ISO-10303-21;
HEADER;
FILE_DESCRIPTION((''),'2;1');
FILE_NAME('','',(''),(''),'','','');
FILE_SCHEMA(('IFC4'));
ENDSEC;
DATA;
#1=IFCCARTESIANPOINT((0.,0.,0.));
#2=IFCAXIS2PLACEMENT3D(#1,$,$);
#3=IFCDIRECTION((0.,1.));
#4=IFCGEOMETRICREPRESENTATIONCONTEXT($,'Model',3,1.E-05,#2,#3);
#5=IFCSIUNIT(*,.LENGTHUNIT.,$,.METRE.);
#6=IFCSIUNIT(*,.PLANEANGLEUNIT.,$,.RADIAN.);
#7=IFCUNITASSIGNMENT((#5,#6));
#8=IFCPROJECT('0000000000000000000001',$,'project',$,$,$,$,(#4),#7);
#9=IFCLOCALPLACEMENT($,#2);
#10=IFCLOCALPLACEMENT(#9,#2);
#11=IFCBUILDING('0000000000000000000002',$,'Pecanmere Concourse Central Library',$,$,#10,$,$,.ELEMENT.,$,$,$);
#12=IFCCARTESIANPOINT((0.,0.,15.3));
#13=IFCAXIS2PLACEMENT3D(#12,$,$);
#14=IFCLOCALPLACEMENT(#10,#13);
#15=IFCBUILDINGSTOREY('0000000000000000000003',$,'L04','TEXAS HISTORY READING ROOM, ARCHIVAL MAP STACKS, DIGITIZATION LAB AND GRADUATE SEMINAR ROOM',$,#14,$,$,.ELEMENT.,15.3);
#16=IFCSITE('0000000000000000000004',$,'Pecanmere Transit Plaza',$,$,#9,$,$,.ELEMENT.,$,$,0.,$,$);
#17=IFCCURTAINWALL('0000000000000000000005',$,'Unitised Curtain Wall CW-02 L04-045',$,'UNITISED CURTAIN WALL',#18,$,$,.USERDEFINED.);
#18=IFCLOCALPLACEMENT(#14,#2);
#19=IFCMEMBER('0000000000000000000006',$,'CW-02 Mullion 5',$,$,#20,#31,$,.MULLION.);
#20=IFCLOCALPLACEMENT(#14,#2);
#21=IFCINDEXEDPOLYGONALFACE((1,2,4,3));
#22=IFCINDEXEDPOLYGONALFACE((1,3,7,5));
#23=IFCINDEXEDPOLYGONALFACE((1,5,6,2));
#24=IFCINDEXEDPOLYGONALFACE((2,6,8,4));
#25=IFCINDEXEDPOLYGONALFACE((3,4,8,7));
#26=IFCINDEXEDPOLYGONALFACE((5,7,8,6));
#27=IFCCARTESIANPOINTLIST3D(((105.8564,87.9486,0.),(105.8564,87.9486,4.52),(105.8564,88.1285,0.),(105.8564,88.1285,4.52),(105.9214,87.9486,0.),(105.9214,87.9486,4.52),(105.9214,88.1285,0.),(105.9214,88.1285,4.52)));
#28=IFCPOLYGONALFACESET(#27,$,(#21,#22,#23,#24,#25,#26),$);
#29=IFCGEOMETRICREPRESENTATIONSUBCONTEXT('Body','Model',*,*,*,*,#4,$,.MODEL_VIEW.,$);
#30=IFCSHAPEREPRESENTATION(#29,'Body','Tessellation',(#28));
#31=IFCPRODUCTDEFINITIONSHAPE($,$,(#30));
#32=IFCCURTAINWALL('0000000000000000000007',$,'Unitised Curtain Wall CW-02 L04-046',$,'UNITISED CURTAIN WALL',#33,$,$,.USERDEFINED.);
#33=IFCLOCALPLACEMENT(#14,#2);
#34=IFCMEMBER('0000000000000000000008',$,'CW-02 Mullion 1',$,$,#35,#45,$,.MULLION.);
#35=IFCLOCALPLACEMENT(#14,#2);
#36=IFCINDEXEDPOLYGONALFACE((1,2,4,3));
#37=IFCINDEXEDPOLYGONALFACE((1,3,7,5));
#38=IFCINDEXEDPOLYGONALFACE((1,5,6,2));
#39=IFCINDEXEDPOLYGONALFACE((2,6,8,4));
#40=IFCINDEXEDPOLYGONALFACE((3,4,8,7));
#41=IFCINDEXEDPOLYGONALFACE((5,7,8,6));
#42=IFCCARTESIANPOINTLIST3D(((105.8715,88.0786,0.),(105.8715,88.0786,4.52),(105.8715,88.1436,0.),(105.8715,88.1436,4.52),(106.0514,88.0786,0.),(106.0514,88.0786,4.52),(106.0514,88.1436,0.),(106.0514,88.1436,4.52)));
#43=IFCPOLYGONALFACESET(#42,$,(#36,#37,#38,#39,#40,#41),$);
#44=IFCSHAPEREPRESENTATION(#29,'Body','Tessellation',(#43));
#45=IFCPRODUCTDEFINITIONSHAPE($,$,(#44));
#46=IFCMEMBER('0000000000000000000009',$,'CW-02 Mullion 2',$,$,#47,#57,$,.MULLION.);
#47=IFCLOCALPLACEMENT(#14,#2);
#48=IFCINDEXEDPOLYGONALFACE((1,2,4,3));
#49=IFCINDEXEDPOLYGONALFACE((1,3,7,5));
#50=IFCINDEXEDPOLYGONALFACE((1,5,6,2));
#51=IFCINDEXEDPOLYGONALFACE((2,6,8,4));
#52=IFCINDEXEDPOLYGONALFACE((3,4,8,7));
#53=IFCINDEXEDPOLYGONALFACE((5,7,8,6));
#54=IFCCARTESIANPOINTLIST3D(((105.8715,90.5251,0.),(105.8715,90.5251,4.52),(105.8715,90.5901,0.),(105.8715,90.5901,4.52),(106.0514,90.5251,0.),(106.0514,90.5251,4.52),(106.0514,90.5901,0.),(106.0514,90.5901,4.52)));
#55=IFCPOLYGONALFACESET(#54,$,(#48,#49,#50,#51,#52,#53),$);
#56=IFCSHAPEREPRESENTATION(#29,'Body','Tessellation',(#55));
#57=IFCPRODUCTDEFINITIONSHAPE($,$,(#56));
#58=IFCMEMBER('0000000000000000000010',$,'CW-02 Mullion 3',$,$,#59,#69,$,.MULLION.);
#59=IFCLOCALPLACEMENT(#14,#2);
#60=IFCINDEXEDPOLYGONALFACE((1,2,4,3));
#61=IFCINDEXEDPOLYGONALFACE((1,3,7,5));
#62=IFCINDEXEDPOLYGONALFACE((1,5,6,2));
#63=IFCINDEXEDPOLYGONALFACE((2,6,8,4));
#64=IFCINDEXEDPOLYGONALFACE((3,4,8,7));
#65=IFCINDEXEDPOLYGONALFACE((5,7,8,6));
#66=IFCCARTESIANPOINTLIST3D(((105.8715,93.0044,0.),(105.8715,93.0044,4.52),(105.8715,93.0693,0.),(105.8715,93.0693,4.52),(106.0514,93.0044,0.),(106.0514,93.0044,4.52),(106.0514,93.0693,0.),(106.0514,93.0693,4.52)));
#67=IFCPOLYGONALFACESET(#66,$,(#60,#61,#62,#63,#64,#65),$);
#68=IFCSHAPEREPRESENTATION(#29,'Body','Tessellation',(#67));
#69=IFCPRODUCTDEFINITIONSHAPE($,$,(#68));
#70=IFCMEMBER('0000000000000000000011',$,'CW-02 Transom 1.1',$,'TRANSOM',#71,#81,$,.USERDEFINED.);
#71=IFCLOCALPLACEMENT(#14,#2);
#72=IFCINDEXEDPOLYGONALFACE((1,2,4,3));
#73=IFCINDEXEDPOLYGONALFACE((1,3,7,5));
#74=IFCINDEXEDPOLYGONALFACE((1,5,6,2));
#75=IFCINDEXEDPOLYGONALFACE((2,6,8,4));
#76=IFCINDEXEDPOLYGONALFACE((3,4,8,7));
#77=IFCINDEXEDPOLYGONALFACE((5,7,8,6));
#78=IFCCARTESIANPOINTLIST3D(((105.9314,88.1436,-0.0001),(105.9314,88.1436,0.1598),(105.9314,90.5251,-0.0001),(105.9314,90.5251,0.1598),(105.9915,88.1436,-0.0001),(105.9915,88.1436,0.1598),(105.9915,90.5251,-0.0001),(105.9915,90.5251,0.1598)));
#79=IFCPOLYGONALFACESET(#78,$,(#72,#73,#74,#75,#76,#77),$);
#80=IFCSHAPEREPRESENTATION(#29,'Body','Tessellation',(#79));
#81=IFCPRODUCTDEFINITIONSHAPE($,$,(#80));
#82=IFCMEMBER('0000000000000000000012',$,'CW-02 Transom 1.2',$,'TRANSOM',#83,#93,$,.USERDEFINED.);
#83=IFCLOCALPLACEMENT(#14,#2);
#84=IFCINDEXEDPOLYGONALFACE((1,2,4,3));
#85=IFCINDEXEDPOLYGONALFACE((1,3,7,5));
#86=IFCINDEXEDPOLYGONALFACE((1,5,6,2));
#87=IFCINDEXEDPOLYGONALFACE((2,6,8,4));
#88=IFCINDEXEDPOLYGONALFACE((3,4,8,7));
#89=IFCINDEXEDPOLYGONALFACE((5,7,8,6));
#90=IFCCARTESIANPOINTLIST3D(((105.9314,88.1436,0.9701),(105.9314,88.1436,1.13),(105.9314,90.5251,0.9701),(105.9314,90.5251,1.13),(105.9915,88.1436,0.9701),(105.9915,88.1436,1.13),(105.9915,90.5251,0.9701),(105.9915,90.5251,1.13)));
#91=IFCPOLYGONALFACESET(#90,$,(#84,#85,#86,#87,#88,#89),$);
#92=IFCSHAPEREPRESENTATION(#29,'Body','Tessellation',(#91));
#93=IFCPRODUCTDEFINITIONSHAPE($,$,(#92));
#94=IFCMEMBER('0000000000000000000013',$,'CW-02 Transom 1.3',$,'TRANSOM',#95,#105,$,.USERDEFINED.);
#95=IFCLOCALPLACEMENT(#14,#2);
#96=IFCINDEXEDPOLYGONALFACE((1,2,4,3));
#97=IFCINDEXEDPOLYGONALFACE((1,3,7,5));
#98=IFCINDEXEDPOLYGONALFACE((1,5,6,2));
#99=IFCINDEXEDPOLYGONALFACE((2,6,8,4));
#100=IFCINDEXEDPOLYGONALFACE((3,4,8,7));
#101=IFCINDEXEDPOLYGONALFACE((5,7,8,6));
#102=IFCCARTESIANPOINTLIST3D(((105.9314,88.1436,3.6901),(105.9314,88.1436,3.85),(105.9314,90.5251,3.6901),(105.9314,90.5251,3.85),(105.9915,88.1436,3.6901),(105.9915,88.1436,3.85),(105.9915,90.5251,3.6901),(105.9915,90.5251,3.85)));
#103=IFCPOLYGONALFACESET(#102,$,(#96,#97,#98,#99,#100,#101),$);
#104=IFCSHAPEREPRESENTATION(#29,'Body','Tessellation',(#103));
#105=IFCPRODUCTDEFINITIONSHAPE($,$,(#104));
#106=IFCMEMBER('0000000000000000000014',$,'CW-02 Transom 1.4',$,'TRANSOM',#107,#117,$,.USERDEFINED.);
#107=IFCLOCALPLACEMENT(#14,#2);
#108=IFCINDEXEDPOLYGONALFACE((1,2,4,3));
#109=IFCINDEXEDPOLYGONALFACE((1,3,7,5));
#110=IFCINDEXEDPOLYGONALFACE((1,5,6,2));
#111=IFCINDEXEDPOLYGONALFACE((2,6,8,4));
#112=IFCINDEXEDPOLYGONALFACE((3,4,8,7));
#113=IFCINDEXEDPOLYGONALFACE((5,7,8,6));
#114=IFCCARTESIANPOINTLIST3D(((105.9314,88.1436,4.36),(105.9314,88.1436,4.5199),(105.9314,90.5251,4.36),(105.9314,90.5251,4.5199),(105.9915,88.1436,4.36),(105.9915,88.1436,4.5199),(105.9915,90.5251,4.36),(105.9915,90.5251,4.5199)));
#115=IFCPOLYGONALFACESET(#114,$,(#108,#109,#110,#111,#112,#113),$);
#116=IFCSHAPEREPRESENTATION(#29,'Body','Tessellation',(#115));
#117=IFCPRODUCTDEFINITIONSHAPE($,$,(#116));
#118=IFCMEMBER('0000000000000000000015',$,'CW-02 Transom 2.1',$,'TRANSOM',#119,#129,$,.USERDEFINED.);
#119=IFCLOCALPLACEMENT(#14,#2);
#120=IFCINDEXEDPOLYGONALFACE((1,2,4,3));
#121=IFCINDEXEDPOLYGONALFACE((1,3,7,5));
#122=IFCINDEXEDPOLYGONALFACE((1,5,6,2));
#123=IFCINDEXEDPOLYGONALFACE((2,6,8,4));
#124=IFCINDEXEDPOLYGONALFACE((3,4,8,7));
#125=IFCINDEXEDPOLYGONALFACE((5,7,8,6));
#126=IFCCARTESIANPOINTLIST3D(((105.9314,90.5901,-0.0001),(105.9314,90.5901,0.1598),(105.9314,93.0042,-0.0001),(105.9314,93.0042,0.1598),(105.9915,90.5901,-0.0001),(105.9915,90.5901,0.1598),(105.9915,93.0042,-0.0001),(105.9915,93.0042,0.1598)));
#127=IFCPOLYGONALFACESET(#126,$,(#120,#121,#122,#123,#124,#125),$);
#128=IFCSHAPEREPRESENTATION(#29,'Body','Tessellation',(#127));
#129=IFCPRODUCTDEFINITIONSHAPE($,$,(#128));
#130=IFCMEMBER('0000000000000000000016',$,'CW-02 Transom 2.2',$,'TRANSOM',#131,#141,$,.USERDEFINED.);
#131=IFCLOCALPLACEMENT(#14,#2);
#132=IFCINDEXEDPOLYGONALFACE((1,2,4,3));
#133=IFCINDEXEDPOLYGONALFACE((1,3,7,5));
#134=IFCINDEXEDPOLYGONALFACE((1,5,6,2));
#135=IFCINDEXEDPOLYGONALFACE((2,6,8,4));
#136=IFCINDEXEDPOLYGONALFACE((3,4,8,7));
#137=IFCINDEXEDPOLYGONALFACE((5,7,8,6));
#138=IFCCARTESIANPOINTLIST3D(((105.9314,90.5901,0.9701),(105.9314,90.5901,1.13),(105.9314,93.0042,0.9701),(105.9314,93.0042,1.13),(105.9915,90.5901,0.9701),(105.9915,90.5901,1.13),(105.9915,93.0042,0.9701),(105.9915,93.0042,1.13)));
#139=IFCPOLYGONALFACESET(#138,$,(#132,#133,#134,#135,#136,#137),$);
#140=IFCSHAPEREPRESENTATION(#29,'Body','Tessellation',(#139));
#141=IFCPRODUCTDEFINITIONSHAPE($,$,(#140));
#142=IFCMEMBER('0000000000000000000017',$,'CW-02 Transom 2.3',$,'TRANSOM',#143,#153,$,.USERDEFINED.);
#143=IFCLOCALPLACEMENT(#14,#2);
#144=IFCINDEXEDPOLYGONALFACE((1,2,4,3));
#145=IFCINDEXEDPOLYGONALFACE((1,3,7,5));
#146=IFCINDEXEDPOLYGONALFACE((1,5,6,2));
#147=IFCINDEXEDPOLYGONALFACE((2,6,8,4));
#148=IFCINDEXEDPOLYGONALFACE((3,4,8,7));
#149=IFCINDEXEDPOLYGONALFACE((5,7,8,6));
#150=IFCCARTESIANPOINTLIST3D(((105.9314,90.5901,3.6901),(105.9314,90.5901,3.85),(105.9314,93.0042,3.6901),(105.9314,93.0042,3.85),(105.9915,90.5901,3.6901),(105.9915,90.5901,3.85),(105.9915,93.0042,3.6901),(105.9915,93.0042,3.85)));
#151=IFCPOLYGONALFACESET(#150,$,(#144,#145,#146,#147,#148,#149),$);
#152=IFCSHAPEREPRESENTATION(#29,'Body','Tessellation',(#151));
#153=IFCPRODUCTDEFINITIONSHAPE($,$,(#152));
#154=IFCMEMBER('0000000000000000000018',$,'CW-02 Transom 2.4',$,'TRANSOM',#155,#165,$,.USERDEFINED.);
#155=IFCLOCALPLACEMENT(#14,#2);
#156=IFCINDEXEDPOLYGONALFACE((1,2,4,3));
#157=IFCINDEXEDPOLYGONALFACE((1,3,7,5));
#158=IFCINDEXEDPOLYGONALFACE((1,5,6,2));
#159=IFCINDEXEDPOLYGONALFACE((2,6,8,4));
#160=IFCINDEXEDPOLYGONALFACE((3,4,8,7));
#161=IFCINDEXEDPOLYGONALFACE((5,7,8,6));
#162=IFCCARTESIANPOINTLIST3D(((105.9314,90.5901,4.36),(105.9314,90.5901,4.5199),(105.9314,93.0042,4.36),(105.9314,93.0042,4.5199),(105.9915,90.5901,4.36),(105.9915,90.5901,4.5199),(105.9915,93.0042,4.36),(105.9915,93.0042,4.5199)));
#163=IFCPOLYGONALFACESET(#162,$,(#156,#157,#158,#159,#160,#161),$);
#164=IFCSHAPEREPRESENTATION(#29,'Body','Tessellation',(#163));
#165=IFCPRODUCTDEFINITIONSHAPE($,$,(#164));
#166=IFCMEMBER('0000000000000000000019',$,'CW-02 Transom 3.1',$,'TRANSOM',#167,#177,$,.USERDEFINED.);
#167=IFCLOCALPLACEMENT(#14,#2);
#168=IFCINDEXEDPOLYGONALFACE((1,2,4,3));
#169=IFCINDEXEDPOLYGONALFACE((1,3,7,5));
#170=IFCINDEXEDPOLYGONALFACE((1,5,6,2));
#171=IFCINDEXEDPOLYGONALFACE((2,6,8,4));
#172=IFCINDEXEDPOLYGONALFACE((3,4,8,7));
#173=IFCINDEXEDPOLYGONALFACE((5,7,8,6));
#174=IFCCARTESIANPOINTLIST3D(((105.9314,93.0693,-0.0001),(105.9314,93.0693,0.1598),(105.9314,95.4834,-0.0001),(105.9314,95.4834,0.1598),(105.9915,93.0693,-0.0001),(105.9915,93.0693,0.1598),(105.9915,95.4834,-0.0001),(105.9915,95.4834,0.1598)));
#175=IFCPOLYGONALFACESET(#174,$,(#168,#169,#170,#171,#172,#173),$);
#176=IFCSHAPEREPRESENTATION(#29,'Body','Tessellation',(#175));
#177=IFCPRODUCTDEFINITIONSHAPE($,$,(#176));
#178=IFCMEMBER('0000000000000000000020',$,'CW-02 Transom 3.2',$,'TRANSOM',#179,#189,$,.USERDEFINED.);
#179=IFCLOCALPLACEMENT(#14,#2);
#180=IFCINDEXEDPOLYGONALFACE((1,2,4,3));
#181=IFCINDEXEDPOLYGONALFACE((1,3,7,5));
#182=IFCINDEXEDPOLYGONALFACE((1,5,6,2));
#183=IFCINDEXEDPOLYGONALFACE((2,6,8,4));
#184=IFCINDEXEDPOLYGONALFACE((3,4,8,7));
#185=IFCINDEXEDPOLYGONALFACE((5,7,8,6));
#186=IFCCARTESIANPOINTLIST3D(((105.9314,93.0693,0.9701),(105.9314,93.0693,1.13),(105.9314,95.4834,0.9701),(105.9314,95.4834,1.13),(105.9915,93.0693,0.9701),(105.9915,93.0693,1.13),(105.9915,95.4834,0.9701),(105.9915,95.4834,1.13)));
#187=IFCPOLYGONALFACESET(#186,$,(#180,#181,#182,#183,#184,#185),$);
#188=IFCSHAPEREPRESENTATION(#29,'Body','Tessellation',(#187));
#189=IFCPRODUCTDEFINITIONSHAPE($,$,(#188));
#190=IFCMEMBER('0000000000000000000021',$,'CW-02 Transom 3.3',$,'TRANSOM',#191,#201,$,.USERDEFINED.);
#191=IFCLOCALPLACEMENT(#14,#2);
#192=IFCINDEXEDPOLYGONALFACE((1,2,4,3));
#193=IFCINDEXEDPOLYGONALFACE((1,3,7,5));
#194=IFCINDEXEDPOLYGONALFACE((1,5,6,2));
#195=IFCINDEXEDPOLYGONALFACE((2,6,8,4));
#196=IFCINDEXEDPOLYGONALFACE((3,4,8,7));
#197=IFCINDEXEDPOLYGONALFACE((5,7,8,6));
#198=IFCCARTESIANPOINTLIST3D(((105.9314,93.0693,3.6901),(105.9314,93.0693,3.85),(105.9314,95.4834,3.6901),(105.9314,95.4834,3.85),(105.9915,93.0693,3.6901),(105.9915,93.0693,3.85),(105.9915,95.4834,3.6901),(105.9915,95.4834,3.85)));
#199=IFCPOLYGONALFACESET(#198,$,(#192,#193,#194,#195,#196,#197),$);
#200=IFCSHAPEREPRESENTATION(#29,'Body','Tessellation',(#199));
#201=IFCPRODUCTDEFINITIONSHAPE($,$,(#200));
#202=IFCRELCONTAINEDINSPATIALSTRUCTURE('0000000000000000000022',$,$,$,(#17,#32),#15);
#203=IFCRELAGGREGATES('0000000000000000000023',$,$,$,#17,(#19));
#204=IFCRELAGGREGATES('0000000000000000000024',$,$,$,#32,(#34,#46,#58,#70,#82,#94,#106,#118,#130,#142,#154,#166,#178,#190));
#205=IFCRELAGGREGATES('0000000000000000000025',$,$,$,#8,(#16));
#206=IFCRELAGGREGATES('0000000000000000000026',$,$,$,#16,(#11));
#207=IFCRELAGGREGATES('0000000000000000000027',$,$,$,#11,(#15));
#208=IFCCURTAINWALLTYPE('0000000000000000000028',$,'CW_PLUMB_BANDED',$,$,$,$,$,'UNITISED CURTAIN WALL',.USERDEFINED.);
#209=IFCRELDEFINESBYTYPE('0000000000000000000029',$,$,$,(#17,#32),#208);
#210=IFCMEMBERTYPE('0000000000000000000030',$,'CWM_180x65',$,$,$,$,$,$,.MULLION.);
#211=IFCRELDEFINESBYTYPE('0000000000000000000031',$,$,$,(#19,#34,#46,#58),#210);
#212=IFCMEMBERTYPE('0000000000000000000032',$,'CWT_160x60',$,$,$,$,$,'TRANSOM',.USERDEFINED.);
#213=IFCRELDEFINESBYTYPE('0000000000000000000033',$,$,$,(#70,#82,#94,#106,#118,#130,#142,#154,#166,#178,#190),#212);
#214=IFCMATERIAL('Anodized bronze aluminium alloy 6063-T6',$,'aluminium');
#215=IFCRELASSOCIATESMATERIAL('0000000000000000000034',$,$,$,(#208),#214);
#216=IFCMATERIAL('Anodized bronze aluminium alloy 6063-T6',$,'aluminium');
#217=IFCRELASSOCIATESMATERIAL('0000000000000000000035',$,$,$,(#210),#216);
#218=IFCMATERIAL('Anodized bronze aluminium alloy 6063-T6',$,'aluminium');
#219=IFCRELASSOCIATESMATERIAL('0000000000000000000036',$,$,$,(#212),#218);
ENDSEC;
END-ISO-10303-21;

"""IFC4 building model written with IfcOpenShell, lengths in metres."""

from ifc_helpers import new_model, si_unit, direction, frame, origin, origin_2d, place, context, subcontext, project, spatial, rectangle, extrude, material, material_profile, profile_set, type_object, element, aggregate, save


model = new_model("IFC4")

# Units and contexts
model_context = context("Model", 3, precision=1e-05, world=origin(), true_north=direction((0.0, 1.0)))
body_context = subcontext(model_context, "Body", "Model", "MODEL_VIEW")
ifc_project = project(units=[si_unit("LENGTHUNIT", "METRE"), si_unit("PLANEANGLEUNIT", "RADIAN")], contexts=[model_context])

# Site, building, storey
site_placement = place(None, origin())
site = spatial("IfcSite", under=ifc_project, at=site_placement, Name="Pecanmere Transit Plaza", CompositionType="ELEMENT", RefElevation=0.0)
building_placement = place(site_placement, origin())
building = spatial("IfcBuilding", under=site, at=building_placement, Name="Pecanmere Concourse Central Library", CompositionType="ELEMENT")
storey_placement = place(building_placement, frame((0.0, 0.0, 15.3)))
storey = spatial("IfcBuildingStorey", under=building, at=storey_placement, Name="L04", Description="TEXAS HISTORY READING ROOM, ARCHIVAL MAP STACKS, DIGITIZATION LAB AND GRADUATE SEMINAR ROOM", CompositionType="ELEMENT", Elevation=15.3)

# Curtain wall, member
ifc_material_1 = material(Name="Anodized bronze aluminium alloy 6063-T6", Category="aluminium")
curtain_wall_type = type_object("IfcCurtainWallType", Name="CW_PLUMB_BANDED", ElementType="UNITISED CURTAIN WALL", PredefinedType="USERDEFINED", material=ifc_material_1)
curtain_wall_1_placement = place(storey_placement, origin())
curtain_wall_1 = element("IfcCurtainWall", 1, at=curtain_wall_1_placement, inside=storey, type_object=curtain_wall_type, Name="Unitised Curtain Wall CW-02 L04-045", ObjectType="UNITISED CURTAIN WALL", PredefinedType="USERDEFINED")
ifc_material_2 = material(Name="Anodized bronze aluminium alloy 6063-T6", Category="aluminium")
ifc_material_profile_1 = material_profile(ifc_material_2, rectangle(XDim=0.0649, YDim=0.1799, at=origin_2d()), Name="AL 65x180")
ifc_profile_set_1 = profile_set([ifc_material_profile_1], Name="Anodized bronze aluminium alloy 6063-T6")
member_type_1 = type_object("IfcMemberType", Name="CWM_180x65", PredefinedType="MULLION", material=ifc_profile_set_1)
member_1_placement = place(storey_placement, frame((105.8889, 88.0386, 0.0), z_axis=(0.0, 0.0, 1.0), x_axis=(1.0, 0.0, 0.0)))
member_1 = element("IfcMember", 2, at=member_1_placement, type_object=member_type_1, Name="CW-02 Mullion 5", PredefinedType="MULLION", context=body_context, shape_type="SweptSolid", body=[
    extrude(rectangle(XDim=0.0649, YDim=0.1799, at=origin_2d()), origin(), (0.0, 0.0, 1.0), 4.52),
])

# Curtain wall, members
curtain_wall_2_placement = place(storey_placement, origin())
curtain_wall_2 = element("IfcCurtainWall", 3, at=curtain_wall_2_placement, inside=storey, type_object=curtain_wall_type, Name="Unitised Curtain Wall CW-02 L04-046", ObjectType="UNITISED CURTAIN WALL", PredefinedType="USERDEFINED")
member_2_placement = place(storey_placement, frame((105.9614, 88.1111, 0.0), z_axis=(0.0, 0.0, 1.0), x_axis=(0.0, 1.0, 0.0)))
member_2 = element("IfcMember", 4, at=member_2_placement, type_object=member_type_1, Name="CW-02 Mullion 1", PredefinedType="MULLION", context=body_context, shape_type="SweptSolid", body=[
    extrude(rectangle(XDim=0.0649, YDim=0.1799, at=origin_2d()), origin(), (0.0, 0.0, 1.0), 4.52),
])
member_3_placement = place(storey_placement, frame((105.9614, 90.5576, 0.0), z_axis=(0.0, 0.0, 1.0), x_axis=(0.0, 1.0, 0.0)))
member_3 = element("IfcMember", 5, at=member_3_placement, type_object=member_type_1, Name="CW-02 Mullion 2", PredefinedType="MULLION", context=body_context, shape_type="SweptSolid", body=[
    extrude(rectangle(XDim=0.0649, YDim=0.1799, at=origin_2d()), origin(), (0.0, 0.0, 1.0), 4.52),
])
member_4_placement = place(storey_placement, frame((105.9614, 93.0369, 0.0), z_axis=(0.0, 0.0, 1.0), x_axis=(0.0, 1.0, 0.0)))
member_4 = element("IfcMember", 6, at=member_4_placement, type_object=member_type_1, Name="CW-02 Mullion 3", PredefinedType="MULLION", context=body_context, shape_type="SweptSolid", body=[
    extrude(rectangle(XDim=0.0649, YDim=0.1799, at=origin_2d()), origin(), (0.0, 0.0, 1.0), 4.52),
])
ifc_material_3 = material(Name="Anodized bronze aluminium alloy 6063-T6", Category="aluminium")
ifc_material_profile_2 = material_profile(ifc_material_3, rectangle(XDim=0.0601, YDim=0.1599, at=origin_2d()), Name="AL 60x160")
ifc_profile_set_2 = profile_set([ifc_material_profile_2], Name="Anodized bronze aluminium alloy 6063-T6")
member_type_2 = type_object("IfcMemberType", Name="CWT_160x60", ElementType="TRANSOM", PredefinedType="USERDEFINED", material=ifc_profile_set_2)
member_5_placement = place(storey_placement, frame((105.9614, 88.1436, 0.0798), z_axis=(0.0, 1.0, 0.0), x_axis=(-1.0, 0.0, 0.0)))
member_5 = element("IfcMember", 7, at=member_5_placement, type_object=member_type_2, Name="CW-02 Transom 1.1", ObjectType="TRANSOM", PredefinedType="USERDEFINED", context=body_context, shape_type="SweptSolid", body=[
    extrude(rectangle(XDim=0.0601, YDim=0.1599, at=origin_2d()), origin(), (0.0, 0.0, 1.0), 2.3816),
])
member_6_placement = place(storey_placement, frame((105.9614, 88.1436, 1.05), z_axis=(0.0, 1.0, 0.0), x_axis=(-1.0, 0.0, 0.0)))
member_6 = element("IfcMember", 8, at=member_6_placement, type_object=member_type_2, Name="CW-02 Transom 1.2", ObjectType="TRANSOM", PredefinedType="USERDEFINED", context=body_context, shape_type="SweptSolid", body=[
    extrude(rectangle(XDim=0.0601, YDim=0.1599, at=origin_2d()), origin(), (0.0, 0.0, 1.0), 2.3816),
])
member_7_placement = place(storey_placement, frame((105.9614, 88.1436, 3.77), z_axis=(0.0, 1.0, 0.0), x_axis=(-1.0, 0.0, 0.0)))
member_7 = element("IfcMember", 9, at=member_7_placement, type_object=member_type_2, Name="CW-02 Transom 1.3", ObjectType="TRANSOM", PredefinedType="USERDEFINED", context=body_context, shape_type="SweptSolid", body=[
    extrude(rectangle(XDim=0.0601, YDim=0.1599, at=origin_2d()), origin(), (0.0, 0.0, 1.0), 2.3816),
])
member_8_placement = place(storey_placement, frame((105.9614, 88.1436, 4.4399), z_axis=(0.0, 1.0, 0.0), x_axis=(-1.0, 0.0, 0.0)))
member_8 = element("IfcMember", 10, at=member_8_placement, type_object=member_type_2, Name="CW-02 Transom 1.4", ObjectType="TRANSOM", PredefinedType="USERDEFINED", context=body_context, shape_type="SweptSolid", body=[
    extrude(rectangle(XDim=0.0601, YDim=0.1599, at=origin_2d()), origin(), (0.0, 0.0, 1.0), 2.3816),
])
member_9_placement = place(storey_placement, frame((105.9614, 90.5901, 0.0798), z_axis=(0.0, 1.0, 0.0), x_axis=(-1.0, 0.0, 0.0)))
member_9 = element("IfcMember", 11, at=member_9_placement, type_object=member_type_2, Name="CW-02 Transom 2.1", ObjectType="TRANSOM", PredefinedType="USERDEFINED", context=body_context, shape_type="SweptSolid", body=[
    extrude(rectangle(XDim=0.0601, YDim=0.1599, at=origin_2d()), origin(), (0.0, 0.0, 1.0), 2.4141),
])
member_10_placement = place(storey_placement, frame((105.9614, 90.5901, 1.05), z_axis=(0.0, 1.0, 0.0), x_axis=(-1.0, 0.0, 0.0)))
member_10 = element("IfcMember", 12, at=member_10_placement, type_object=member_type_2, Name="CW-02 Transom 2.2", ObjectType="TRANSOM", PredefinedType="USERDEFINED", context=body_context, shape_type="SweptSolid", body=[
    extrude(rectangle(XDim=0.0601, YDim=0.1599, at=origin_2d()), origin(), (0.0, 0.0, 1.0), 2.4141),
])
member_11_placement = place(storey_placement, frame((105.9614, 90.5901, 3.77), z_axis=(0.0, 1.0, 0.0), x_axis=(-1.0, 0.0, 0.0)))
member_11 = element("IfcMember", 13, at=member_11_placement, type_object=member_type_2, Name="CW-02 Transom 2.3", ObjectType="TRANSOM", PredefinedType="USERDEFINED", context=body_context, shape_type="SweptSolid", body=[
    extrude(rectangle(XDim=0.0601, YDim=0.1599, at=origin_2d()), origin(), (0.0, 0.0, 1.0), 2.4141),
])
member_12_placement = place(storey_placement, frame((105.9614, 90.5901, 4.4399), z_axis=(0.0, 1.0, 0.0), x_axis=(-1.0, 0.0, 0.0)))
member_12 = element("IfcMember", 14, at=member_12_placement, type_object=member_type_2, Name="CW-02 Transom 2.4", ObjectType="TRANSOM", PredefinedType="USERDEFINED", context=body_context, shape_type="SweptSolid", body=[
    extrude(rectangle(XDim=0.0601, YDim=0.1599, at=origin_2d()), origin(), (0.0, 0.0, 1.0), 2.4141),
])
member_13_placement = place(storey_placement, frame((105.9614, 93.0693, 0.0798), z_axis=(0.0, 1.0, 0.0), x_axis=(-1.0, 0.0, 0.0)))
member_13 = element("IfcMember", 15, at=member_13_placement, type_object=member_type_2, Name="CW-02 Transom 3.1", ObjectType="TRANSOM", PredefinedType="USERDEFINED", context=body_context, shape_type="SweptSolid", body=[
    extrude(rectangle(XDim=0.0601, YDim=0.1599, at=origin_2d()), origin(), (0.0, 0.0, 1.0), 2.4141),
])
member_14_placement = place(storey_placement, frame((105.9614, 93.0693, 1.05), z_axis=(0.0, 1.0, 0.0), x_axis=(-1.0, 0.0, 0.0)))
member_14 = element("IfcMember", 16, at=member_14_placement, type_object=member_type_2, Name="CW-02 Transom 3.2", ObjectType="TRANSOM", PredefinedType="USERDEFINED", context=body_context, shape_type="SweptSolid", body=[
    extrude(rectangle(XDim=0.0601, YDim=0.1599, at=origin_2d()), origin(), (0.0, 0.0, 1.0), 2.4141),
])
member_15_placement = place(storey_placement, frame((105.9614, 93.0693, 3.77), z_axis=(0.0, 1.0, 0.0), x_axis=(-1.0, 0.0, 0.0)))
member_15 = element("IfcMember", 17, at=member_15_placement, type_object=member_type_2, Name="CW-02 Transom 3.3", ObjectType="TRANSOM", PredefinedType="USERDEFINED", context=body_context, shape_type="SweptSolid", body=[
    extrude(rectangle(XDim=0.0601, YDim=0.1599, at=origin_2d()), origin(), (0.0, 0.0, 1.0), 2.4141),
])

aggregate(curtain_wall_1, [member_1])
aggregate(curtain_wall_2, [member_2, member_3, member_4, member_5, member_6, member_7, member_8, member_9, member_10, member_11, member_12, member_13, member_14, member_15])

save(model, "model.ifc")
